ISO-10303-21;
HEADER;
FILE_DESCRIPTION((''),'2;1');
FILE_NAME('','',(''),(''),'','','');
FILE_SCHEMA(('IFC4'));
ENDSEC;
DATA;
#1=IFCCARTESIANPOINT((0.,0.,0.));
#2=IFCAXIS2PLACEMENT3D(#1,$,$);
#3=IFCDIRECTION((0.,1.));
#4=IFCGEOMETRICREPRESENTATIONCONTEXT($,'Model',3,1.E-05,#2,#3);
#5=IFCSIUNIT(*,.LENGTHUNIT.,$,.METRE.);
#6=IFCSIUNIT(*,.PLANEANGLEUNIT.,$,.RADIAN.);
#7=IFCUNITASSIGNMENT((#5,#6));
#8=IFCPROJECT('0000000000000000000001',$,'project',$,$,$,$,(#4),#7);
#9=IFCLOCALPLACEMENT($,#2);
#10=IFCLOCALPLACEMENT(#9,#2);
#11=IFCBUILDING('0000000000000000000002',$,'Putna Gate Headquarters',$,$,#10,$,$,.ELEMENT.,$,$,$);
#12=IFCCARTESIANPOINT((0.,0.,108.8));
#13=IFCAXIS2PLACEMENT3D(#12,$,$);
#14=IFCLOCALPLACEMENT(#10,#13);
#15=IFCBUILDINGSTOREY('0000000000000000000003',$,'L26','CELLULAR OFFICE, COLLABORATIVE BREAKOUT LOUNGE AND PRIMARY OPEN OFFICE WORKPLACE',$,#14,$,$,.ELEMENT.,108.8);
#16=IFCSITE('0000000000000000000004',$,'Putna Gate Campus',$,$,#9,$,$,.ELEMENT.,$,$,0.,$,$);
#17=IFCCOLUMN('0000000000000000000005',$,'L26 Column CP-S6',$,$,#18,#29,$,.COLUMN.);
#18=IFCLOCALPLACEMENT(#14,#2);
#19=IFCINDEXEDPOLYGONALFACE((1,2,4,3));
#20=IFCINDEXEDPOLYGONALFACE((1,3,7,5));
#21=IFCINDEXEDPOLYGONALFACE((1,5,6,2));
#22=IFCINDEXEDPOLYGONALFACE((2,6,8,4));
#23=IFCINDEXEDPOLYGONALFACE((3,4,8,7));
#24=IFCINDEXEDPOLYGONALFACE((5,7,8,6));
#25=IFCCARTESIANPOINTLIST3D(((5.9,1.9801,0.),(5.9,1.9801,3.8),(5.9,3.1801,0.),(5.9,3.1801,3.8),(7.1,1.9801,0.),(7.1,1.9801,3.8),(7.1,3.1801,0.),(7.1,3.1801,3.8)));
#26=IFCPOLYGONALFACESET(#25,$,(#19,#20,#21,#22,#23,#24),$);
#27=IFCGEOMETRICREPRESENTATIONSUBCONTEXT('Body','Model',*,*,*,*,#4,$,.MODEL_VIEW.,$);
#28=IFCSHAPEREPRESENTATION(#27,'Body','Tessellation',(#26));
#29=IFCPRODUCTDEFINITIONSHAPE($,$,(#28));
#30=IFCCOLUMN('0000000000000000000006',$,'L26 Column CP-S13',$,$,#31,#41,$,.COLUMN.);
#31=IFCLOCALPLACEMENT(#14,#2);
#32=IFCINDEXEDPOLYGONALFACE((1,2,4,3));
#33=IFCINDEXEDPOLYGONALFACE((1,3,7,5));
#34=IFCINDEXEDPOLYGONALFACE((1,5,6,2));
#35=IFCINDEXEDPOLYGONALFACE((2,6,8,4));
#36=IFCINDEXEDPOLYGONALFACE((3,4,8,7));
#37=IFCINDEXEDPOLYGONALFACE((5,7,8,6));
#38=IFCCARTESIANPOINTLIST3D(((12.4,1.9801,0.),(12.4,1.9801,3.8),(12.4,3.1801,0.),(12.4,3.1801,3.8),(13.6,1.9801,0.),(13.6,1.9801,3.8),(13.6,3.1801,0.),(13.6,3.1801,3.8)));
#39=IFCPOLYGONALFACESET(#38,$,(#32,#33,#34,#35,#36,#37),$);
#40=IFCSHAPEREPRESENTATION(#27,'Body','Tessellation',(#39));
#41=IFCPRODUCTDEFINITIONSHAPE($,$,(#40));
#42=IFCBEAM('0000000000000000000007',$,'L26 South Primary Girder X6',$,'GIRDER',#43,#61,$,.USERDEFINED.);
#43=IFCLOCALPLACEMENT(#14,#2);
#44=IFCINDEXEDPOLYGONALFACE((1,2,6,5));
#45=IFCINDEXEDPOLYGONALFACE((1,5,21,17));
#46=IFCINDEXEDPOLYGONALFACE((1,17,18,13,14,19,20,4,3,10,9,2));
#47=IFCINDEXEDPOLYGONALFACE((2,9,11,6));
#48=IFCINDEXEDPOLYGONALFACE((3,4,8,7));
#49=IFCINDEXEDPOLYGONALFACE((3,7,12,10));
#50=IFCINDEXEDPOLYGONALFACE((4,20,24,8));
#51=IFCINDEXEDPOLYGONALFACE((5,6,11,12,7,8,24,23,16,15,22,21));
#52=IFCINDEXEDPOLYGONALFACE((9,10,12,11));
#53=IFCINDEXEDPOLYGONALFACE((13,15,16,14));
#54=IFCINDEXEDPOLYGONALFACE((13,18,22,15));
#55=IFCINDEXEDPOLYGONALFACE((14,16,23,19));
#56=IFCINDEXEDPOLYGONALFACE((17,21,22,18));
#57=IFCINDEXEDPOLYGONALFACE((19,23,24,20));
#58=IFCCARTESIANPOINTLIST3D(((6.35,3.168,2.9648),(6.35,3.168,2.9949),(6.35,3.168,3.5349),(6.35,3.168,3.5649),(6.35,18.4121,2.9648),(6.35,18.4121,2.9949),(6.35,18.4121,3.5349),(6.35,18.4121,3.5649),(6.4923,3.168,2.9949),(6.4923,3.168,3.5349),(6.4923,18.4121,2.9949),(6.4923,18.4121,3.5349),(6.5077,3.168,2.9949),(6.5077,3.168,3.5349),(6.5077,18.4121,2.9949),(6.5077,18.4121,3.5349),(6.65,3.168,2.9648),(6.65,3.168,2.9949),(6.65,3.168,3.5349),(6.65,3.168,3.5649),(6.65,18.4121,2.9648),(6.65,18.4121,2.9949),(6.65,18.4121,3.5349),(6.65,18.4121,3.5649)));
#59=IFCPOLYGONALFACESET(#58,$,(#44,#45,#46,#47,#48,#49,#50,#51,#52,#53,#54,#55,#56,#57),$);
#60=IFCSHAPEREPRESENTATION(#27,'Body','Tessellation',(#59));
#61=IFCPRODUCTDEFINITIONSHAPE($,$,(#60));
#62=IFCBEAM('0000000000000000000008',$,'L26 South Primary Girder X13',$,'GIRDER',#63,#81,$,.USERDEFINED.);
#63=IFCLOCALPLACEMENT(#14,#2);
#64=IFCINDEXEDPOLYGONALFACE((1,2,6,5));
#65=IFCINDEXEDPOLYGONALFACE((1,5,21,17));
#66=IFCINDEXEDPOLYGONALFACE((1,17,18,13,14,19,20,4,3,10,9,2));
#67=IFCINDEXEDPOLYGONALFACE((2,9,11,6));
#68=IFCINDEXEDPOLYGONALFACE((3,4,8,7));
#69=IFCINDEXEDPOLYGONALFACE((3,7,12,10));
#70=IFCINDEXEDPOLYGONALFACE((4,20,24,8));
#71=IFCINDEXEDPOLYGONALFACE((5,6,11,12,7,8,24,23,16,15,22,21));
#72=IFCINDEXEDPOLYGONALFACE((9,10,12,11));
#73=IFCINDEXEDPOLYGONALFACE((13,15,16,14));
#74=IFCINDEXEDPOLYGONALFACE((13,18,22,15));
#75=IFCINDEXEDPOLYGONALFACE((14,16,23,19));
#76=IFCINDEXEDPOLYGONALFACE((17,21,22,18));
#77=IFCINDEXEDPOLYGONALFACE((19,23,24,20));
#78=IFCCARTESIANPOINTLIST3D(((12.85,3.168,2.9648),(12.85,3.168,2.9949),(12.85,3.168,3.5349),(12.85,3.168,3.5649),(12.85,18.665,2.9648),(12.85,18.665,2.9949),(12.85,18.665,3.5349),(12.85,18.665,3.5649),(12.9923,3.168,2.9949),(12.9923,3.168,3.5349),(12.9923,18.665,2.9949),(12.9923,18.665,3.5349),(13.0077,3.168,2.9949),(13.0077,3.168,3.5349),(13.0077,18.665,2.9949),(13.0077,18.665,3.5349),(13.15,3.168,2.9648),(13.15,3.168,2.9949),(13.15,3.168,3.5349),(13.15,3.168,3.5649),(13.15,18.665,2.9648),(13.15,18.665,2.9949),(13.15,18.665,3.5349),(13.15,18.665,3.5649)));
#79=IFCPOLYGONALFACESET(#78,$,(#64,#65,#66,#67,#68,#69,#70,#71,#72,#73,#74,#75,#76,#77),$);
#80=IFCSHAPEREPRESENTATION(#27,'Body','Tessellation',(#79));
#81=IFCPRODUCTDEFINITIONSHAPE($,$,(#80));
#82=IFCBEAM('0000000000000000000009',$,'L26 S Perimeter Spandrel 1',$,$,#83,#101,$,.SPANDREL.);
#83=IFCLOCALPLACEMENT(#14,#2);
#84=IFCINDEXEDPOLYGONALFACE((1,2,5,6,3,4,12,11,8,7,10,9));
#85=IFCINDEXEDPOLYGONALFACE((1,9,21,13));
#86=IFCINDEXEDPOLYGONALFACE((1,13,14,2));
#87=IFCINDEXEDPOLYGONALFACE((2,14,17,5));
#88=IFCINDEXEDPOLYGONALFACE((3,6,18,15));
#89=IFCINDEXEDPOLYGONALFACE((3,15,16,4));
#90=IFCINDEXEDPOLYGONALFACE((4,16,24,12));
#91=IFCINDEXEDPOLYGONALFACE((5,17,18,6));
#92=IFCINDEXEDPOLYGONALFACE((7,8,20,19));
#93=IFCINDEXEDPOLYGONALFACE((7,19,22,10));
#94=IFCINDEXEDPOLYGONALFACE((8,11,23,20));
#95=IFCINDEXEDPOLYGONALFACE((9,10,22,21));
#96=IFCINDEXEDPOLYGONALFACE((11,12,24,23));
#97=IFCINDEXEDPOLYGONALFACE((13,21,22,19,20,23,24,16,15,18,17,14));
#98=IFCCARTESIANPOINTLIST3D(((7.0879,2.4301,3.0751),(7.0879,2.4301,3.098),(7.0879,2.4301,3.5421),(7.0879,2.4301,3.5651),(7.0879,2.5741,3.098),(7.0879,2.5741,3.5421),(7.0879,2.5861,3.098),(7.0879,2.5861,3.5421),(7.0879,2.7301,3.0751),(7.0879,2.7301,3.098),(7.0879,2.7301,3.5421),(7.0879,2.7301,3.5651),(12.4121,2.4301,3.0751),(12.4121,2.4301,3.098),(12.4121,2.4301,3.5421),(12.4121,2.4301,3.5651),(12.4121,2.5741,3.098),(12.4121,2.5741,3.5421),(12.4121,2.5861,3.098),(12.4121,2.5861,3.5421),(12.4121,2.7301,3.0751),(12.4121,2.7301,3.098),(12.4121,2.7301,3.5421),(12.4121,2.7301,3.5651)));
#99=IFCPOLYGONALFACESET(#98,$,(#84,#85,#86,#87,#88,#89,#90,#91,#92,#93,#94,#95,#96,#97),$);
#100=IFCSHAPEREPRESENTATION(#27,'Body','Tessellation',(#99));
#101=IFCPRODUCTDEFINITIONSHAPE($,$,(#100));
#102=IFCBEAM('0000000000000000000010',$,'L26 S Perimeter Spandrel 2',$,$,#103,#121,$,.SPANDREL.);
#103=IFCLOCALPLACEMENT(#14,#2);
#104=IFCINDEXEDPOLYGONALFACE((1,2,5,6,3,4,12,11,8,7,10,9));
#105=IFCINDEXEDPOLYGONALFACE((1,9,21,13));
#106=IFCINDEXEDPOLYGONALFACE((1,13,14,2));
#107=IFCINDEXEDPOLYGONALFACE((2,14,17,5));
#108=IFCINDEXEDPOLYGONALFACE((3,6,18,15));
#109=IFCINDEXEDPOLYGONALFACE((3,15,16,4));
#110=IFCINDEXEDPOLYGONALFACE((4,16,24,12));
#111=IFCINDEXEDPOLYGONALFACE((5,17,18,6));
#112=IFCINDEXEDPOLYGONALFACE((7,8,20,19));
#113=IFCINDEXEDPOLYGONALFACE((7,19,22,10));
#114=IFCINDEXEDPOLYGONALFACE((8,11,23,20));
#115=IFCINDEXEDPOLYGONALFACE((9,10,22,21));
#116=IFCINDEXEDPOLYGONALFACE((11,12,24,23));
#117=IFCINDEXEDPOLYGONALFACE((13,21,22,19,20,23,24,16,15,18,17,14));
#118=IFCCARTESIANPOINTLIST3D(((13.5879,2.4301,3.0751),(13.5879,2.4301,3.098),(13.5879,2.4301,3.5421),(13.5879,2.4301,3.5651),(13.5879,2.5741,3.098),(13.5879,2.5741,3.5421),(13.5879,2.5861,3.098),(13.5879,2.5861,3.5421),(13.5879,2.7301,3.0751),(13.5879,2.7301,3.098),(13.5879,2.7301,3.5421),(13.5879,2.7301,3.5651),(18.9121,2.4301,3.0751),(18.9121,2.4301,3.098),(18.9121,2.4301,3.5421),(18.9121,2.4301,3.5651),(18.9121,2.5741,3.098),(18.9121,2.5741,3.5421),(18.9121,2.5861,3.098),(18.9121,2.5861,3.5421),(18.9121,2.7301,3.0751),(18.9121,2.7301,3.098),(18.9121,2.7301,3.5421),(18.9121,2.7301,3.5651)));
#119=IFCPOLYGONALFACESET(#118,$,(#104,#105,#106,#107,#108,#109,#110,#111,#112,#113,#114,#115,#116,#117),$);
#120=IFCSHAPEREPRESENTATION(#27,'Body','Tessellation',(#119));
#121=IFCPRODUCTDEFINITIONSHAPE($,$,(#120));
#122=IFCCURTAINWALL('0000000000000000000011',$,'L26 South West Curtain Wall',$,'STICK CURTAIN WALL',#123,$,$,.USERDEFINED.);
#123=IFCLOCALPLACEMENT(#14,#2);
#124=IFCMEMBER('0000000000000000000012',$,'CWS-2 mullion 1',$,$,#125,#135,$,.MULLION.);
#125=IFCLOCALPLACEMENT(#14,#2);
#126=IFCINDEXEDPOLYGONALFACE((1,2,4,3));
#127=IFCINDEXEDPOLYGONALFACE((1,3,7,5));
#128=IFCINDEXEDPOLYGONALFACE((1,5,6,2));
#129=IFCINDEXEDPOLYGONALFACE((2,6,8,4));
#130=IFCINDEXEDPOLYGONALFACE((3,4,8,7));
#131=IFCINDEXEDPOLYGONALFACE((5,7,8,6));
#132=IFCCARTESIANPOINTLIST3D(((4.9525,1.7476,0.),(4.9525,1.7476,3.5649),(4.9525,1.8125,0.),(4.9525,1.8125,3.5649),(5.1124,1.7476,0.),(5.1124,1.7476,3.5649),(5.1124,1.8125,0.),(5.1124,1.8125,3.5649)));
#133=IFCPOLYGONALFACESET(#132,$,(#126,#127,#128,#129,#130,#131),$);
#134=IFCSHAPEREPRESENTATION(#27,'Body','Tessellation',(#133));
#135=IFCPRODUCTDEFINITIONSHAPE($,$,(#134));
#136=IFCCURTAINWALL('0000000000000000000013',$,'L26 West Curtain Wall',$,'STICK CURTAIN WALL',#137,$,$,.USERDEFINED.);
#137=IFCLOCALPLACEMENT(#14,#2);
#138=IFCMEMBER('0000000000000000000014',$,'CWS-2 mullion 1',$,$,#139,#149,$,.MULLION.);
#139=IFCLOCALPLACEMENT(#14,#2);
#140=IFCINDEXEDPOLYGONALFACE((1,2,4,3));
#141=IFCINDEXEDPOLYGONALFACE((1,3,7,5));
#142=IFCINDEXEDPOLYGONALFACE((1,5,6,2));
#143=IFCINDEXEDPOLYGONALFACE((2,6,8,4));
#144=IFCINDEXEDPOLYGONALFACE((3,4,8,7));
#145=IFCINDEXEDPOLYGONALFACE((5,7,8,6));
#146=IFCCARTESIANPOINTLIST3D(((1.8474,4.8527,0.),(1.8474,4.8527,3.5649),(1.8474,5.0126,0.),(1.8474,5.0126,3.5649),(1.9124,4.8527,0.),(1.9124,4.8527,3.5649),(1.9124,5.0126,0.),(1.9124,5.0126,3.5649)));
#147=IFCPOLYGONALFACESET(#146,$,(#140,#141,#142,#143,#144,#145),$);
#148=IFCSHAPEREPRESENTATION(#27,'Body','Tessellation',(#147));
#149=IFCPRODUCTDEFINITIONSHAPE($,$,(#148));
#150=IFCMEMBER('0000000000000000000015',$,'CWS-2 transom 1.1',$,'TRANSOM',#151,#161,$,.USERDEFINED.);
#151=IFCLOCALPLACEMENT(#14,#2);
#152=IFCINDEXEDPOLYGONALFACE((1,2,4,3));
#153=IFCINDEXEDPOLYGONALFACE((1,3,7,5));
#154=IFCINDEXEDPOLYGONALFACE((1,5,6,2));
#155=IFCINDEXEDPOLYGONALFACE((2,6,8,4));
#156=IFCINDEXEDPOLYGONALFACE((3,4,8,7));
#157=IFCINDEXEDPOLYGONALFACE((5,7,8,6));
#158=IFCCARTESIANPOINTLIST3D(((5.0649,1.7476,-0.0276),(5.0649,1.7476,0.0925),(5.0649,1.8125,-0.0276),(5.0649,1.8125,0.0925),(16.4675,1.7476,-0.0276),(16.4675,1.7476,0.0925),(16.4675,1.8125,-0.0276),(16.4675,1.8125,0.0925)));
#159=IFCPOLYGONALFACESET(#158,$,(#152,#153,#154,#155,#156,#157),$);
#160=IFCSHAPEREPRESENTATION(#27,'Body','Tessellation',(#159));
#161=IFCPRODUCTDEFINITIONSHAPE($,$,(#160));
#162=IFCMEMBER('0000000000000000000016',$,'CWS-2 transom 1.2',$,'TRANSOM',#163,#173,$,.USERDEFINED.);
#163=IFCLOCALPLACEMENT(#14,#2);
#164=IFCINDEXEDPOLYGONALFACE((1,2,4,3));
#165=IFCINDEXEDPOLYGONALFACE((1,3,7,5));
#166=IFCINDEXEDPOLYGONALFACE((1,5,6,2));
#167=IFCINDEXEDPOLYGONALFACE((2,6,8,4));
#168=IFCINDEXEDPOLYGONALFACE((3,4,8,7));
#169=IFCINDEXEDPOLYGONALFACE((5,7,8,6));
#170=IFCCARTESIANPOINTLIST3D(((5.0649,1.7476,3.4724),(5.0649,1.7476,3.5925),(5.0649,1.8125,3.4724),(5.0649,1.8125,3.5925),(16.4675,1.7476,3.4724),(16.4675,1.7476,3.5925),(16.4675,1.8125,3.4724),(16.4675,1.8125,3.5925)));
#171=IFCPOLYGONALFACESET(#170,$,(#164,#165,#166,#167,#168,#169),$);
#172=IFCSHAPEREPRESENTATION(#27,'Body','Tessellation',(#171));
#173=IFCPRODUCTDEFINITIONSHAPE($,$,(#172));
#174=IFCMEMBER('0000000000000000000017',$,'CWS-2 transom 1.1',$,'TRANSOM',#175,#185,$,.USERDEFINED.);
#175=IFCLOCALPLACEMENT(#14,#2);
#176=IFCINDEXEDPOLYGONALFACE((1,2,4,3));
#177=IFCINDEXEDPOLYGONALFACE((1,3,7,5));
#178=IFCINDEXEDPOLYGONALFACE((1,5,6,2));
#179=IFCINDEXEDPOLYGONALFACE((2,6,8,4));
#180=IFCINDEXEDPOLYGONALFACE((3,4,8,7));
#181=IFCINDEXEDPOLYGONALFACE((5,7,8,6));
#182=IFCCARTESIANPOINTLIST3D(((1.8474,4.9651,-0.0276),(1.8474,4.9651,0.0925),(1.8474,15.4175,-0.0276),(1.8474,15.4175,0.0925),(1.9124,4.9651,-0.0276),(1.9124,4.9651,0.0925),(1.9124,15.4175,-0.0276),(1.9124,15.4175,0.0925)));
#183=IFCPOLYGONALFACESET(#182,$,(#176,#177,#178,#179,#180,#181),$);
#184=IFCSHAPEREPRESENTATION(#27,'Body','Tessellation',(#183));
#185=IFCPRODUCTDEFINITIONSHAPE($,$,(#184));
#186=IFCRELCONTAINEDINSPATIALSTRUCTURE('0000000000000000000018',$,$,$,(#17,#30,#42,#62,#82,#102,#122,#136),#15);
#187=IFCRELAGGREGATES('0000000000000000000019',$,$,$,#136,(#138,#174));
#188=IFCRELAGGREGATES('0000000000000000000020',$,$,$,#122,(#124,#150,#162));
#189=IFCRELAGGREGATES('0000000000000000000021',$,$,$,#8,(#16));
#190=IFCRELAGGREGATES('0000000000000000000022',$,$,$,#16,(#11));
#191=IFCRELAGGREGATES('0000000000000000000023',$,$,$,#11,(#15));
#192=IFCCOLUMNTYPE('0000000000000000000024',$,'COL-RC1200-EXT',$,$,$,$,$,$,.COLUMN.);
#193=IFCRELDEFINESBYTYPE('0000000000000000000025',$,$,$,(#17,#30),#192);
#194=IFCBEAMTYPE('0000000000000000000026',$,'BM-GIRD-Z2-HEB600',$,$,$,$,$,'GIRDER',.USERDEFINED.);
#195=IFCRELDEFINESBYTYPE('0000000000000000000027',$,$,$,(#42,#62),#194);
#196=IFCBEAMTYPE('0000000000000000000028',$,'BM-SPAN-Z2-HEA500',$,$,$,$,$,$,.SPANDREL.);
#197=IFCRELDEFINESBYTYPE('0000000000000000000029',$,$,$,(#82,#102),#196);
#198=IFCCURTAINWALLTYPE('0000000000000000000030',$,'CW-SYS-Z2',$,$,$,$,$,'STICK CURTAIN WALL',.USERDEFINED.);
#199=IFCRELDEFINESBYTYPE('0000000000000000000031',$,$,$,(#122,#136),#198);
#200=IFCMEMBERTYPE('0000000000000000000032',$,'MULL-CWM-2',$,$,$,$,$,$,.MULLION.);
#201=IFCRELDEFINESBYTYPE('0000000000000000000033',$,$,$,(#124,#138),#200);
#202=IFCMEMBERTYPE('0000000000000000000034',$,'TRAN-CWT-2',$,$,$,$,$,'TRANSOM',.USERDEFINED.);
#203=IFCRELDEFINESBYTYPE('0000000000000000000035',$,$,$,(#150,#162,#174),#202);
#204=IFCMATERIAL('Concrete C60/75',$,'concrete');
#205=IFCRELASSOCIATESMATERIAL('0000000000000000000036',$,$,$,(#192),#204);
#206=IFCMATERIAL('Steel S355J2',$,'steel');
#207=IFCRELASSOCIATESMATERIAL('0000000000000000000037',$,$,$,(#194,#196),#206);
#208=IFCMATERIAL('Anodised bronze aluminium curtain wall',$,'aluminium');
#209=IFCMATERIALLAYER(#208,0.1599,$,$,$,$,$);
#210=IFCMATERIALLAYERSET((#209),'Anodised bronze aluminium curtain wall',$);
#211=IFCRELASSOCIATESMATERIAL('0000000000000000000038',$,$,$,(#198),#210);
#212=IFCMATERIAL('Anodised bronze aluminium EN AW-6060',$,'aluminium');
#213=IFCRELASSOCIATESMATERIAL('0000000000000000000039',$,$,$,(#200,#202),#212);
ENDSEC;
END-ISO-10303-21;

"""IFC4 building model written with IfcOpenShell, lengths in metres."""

from ifc_helpers import new_model, si_unit, direction, frame, origin, origin_2d, place, context, subcontext, project, spatial, rectangle, i_section, extrude, material, layer, layer_set, material_profile, profile_set, type_object, element, aggregate, save


model = new_model("IFC4")

# Units and contexts
model_context = context("Model", 3, precision=1e-05, world=origin(), true_north=direction((0.0, 1.0)))
body_context = subcontext(model_context, "Body", "Model", "MODEL_VIEW")
ifc_project = project(units=[si_unit("LENGTHUNIT", "METRE"), si_unit("PLANEANGLEUNIT", "RADIAN")], contexts=[model_context])

# Site, building, storey
site_placement = place(None, origin())
site = spatial("IfcSite", under=ifc_project, at=site_placement, Name="Putna Gate Campus", CompositionType="ELEMENT", RefElevation=0.0)
building_placement = place(site_placement, origin())
building = spatial("IfcBuilding", under=site, at=building_placement, Name="Putna Gate Headquarters", CompositionType="ELEMENT")
storey_placement = place(building_placement, frame((0.0, 0.0, 108.8)))
storey = spatial("IfcBuildingStorey", under=building, at=storey_placement, Name="L26", Description="CELLULAR OFFICE, COLLABORATIVE BREAKOUT LOUNGE AND PRIMARY OPEN OFFICE WORKPLACE", CompositionType="ELEMENT", Elevation=108.8)

# Columns
ifc_material_1 = material(Name="Concrete C60/75", Category="concrete")
ifc_material_profile_1 = material_profile(ifc_material_1, rectangle(XDim=1.2, YDim=1.2, at=origin_2d()), Name="Concrete C60/75")
ifc_profile_set_1 = profile_set([ifc_material_profile_1], Name="Concrete C60/75")
column_type = type_object("IfcColumnType", Name="COL-RC1200-EXT", PredefinedType="COLUMN", material=ifc_profile_set_1)
for number, where, z_axis, x_axis, name in (
    (1, (6.5, 2.5801, 0.0), (0.0, 0.0, 1.0), (1.0, 0.0, 0.0), "L26 Column CP-S6"),
    (2, (13.0, 2.5801, 0.0), (0.0, 0.0, 1.0), (1.0, 0.0, 0.0), "L26 Column CP-S13"),
):
    element("IfcColumn", number, at=place(storey_placement, frame(where, z_axis=z_axis, x_axis=x_axis)), inside=storey, type_object=column_type, Name=name, PredefinedType="COLUMN", context=body_context, shape_type="SweptSolid", body=[
        extrude(rectangle(XDim=1.2, YDim=1.2, at=origin_2d()), origin(), (0.0, 0.0, 1.0), 3.8),
    ])

# Beams
ifc_material_2 = material(Name="Steel S355J2", Category="steel")
ifc_material_profile_2 = material_profile(ifc_material_2, i_section(OverallWidth=0.3, OverallDepth=0.6001, WebThickness=0.0154, FlangeThickness=0.03, at=origin_2d()), Name="Steel S355J2")
ifc_profile_set_2 = profile_set([ifc_material_profile_2], Name="Steel S355J2")
beam_type_1 = type_object("IfcBeamType", Name="BM-GIRD-Z2-HEB600", ElementType="GIRDER", PredefinedType="USERDEFINED", material=ifc_profile_set_2)
beam_1_placement = place(storey_placement, frame((6.5, 3.168, 3.2649), z_axis=(0.0, 1.0, 0.0), x_axis=(-1.0, 0.0, 0.0)))
element("IfcBeam", 3, at=beam_1_placement, inside=storey, type_object=beam_type_1, Name="L26 South Primary Girder X6", ObjectType="GIRDER", PredefinedType="USERDEFINED", context=body_context, shape_type="SweptSolid", body=[
    extrude(i_section(OverallWidth=0.3, OverallDepth=0.6001, WebThickness=0.0154, FlangeThickness=0.03, at=origin_2d()), origin(), (0.0, 0.0, 1.0), 15.2441),
])
beam_2_placement = place(storey_placement, frame((13.0, 3.168, 3.2649), z_axis=(0.0, 1.0, 0.0), x_axis=(-1.0, 0.0, 0.0)))
element("IfcBeam", 4, at=beam_2_placement, inside=storey, type_object=beam_type_1, Name="L26 South Primary Girder X13", ObjectType="GIRDER", PredefinedType="USERDEFINED", context=body_context, shape_type="SweptSolid", body=[
    extrude(i_section(OverallWidth=0.3, OverallDepth=0.6001, WebThickness=0.0154, FlangeThickness=0.03, at=origin_2d()), origin(), (0.0, 0.0, 1.0), 15.4971),
])
ifc_material_profile_3 = material_profile(ifc_material_2, i_section(OverallWidth=0.3, OverallDepth=0.49, WebThickness=0.012, FlangeThickness=0.0229, at=origin_2d()), Name="Steel S355J2")
ifc_profile_set_3 = profile_set([ifc_material_profile_3], Name="Steel S355J2")
beam_type_2 = type_object("IfcBeamType", Name="BM-SPAN-Z2-HEA500", PredefinedType="SPANDREL", material=ifc_profile_set_3)
for number, where, z_axis, x_axis, name in (
    (5, (7.0879, 2.5801, 3.3201), (1.0, 0.0, 0.0), (0.0, 1.0, 0.0), "L26 S Perimeter Spandrel 1"),
    (6, (13.5879, 2.5801, 3.3201), (1.0, 0.0, 0.0), (0.0, 1.0, 0.0), "L26 S Perimeter Spandrel 2"),
):
    element("IfcBeam", number, at=place(storey_placement, frame(where, z_axis=z_axis, x_axis=x_axis)), inside=storey, type_object=beam_type_2, Name=name, PredefinedType="SPANDREL", context=body_context, shape_type="SweptSolid", body=[
        extrude(i_section(OverallWidth=0.3, OverallDepth=0.49, WebThickness=0.012, FlangeThickness=0.0229, at=origin_2d()), origin(), (0.0, 0.0, 1.0), 5.3242),
    ])

# Curtain walls, members
ifc_material_3 = material(Name="Anodised bronze aluminium curtain wall", Category="aluminium")
ifc_layer_1 = layer(ifc_material_3, 0.1599)
ifc_layer_set_1 = layer_set([ifc_layer_1], Name="Anodised bronze aluminium curtain wall")
curtain_wall_type = type_object("IfcCurtainWallType", Name="CW-SYS-Z2", ElementType="STICK CURTAIN WALL", PredefinedType="USERDEFINED", material=ifc_layer_set_1)
curtain_wall_1_placement = place(storey_placement, origin())
curtain_wall_1 = element("IfcCurtainWall", 7, at=curtain_wall_1_placement, inside=storey, type_object=curtain_wall_type, Name="L26 South West Curtain Wall", ObjectType="STICK CURTAIN WALL", PredefinedType="USERDEFINED")
ifc_material_4 = material(Name="Anodised bronze aluminium EN AW-6060", Category="aluminium")
ifc_material_profile_4 = material_profile(ifc_material_4, rectangle(XDim=0.0649, YDim=0.1599, at=origin_2d()), Name="Anodised bronze aluminium EN AW-6060")
ifc_profile_set_4 = profile_set([ifc_material_profile_4], Name="Anodised bronze aluminium EN AW-6060")
member_type_1 = type_object("IfcMemberType", Name="MULL-CWM-2", PredefinedType="MULLION", material=ifc_profile_set_4)
member_1_placement = place(storey_placement, frame((5.0325, 1.78, 0.0), z_axis=(0.0, 0.0, 1.0), x_axis=(0.0, 1.0, 0.0)))
member_1 = element("IfcMember", 8, at=member_1_placement, type_object=member_type_1, Name="CWS-2 mullion 1", PredefinedType="MULLION", context=body_context, shape_type="SweptSolid", body=[
    extrude(rectangle(XDim=0.0649, YDim=0.1599, at=origin_2d()), origin(), (0.0, 0.0, 1.0), 3.5649),
])
curtain_wall_2_placement = place(storey_placement, origin())
curtain_wall_2 = element("IfcCurtainWall", 9, at=curtain_wall_2_placement, inside=storey, type_object=curtain_wall_type, Name="L26 West Curtain Wall", ObjectType="STICK CURTAIN WALL", PredefinedType="USERDEFINED")
member_2_placement = place(storey_placement, frame((1.8799, 4.9326, 0.0), z_axis=(0.0, 0.0, 1.0), x_axis=(-1.0, 0.0, 0.0)))
member_2 = element("IfcMember", 10, at=member_2_placement, type_object=member_type_1, Name="CWS-2 mullion 1", PredefinedType="MULLION", context=body_context, shape_type="SweptSolid", body=[
    extrude(rectangle(XDim=0.0649, YDim=0.1599, at=origin_2d()), origin(), (0.0, 0.0, 1.0), 3.5649),
])

# Members
ifc_material_profile_5 = material_profile(ifc_material_4, rectangle(XDim=0.0649, YDim=0.1201, at=origin_2d()), Name="Anodised bronze aluminium EN AW-6060")
ifc_profile_set_5 = profile_set([ifc_material_profile_5], Name="Anodised bronze aluminium EN AW-6060")
member_type_2 = type_object("IfcMemberType", Name="TRAN-CWT-2", ElementType="TRANSOM", PredefinedType="USERDEFINED", material=ifc_profile_set_5)
member_3_placement = place(storey_placement, frame((5.0649, 1.78, 0.0325), z_axis=(1.0, 0.0, 0.0), x_axis=(0.0, 1.0, 0.0)))
member_3 = element("IfcMember", 11, at=member_3_placement, type_object=member_type_2, Name="CWS-2 transom 1.1", ObjectType="TRANSOM", PredefinedType="USERDEFINED", context=body_context, shape_type="SweptSolid", body=[
    extrude(rectangle(XDim=0.0649, YDim=0.1201, at=origin_2d()), origin(), (0.0, 0.0, 1.0), 11.4026),
])
member_4_placement = place(storey_placement, frame((5.0649, 1.78, 3.5325), z_axis=(1.0, 0.0, 0.0), x_axis=(0.0, 1.0, 0.0)))
member_4 = element("IfcMember", 12, at=member_4_placement, type_object=member_type_2, Name="CWS-2 transom 1.2", ObjectType="TRANSOM", PredefinedType="USERDEFINED", context=body_context, shape_type="SweptSolid", body=[
    extrude(rectangle(XDim=0.0649, YDim=0.1201, at=origin_2d()), origin(), (0.0, 0.0, 1.0), 11.4026),
])
member_5_placement = place(storey_placement, frame((1.8799, 4.9651, 0.0325), z_axis=(0.0, 1.0, 0.0), x_axis=(-1.0, 0.0, 0.0)))
member_5 = element("IfcMember", 13, at=member_5_placement, type_object=member_type_2, Name="CWS-2 transom 1.1", ObjectType="TRANSOM", PredefinedType="USERDEFINED", context=body_context, shape_type="SweptSolid", body=[
    extrude(rectangle(XDim=0.0649, YDim=0.1201, at=origin_2d()), origin(), (0.0, 0.0, 1.0), 10.4524),
])
aggregate(curtain_wall_2, [member_2, member_5])

aggregate(curtain_wall_1, [member_1, member_3, member_4])

save(model, "model.ifc")
